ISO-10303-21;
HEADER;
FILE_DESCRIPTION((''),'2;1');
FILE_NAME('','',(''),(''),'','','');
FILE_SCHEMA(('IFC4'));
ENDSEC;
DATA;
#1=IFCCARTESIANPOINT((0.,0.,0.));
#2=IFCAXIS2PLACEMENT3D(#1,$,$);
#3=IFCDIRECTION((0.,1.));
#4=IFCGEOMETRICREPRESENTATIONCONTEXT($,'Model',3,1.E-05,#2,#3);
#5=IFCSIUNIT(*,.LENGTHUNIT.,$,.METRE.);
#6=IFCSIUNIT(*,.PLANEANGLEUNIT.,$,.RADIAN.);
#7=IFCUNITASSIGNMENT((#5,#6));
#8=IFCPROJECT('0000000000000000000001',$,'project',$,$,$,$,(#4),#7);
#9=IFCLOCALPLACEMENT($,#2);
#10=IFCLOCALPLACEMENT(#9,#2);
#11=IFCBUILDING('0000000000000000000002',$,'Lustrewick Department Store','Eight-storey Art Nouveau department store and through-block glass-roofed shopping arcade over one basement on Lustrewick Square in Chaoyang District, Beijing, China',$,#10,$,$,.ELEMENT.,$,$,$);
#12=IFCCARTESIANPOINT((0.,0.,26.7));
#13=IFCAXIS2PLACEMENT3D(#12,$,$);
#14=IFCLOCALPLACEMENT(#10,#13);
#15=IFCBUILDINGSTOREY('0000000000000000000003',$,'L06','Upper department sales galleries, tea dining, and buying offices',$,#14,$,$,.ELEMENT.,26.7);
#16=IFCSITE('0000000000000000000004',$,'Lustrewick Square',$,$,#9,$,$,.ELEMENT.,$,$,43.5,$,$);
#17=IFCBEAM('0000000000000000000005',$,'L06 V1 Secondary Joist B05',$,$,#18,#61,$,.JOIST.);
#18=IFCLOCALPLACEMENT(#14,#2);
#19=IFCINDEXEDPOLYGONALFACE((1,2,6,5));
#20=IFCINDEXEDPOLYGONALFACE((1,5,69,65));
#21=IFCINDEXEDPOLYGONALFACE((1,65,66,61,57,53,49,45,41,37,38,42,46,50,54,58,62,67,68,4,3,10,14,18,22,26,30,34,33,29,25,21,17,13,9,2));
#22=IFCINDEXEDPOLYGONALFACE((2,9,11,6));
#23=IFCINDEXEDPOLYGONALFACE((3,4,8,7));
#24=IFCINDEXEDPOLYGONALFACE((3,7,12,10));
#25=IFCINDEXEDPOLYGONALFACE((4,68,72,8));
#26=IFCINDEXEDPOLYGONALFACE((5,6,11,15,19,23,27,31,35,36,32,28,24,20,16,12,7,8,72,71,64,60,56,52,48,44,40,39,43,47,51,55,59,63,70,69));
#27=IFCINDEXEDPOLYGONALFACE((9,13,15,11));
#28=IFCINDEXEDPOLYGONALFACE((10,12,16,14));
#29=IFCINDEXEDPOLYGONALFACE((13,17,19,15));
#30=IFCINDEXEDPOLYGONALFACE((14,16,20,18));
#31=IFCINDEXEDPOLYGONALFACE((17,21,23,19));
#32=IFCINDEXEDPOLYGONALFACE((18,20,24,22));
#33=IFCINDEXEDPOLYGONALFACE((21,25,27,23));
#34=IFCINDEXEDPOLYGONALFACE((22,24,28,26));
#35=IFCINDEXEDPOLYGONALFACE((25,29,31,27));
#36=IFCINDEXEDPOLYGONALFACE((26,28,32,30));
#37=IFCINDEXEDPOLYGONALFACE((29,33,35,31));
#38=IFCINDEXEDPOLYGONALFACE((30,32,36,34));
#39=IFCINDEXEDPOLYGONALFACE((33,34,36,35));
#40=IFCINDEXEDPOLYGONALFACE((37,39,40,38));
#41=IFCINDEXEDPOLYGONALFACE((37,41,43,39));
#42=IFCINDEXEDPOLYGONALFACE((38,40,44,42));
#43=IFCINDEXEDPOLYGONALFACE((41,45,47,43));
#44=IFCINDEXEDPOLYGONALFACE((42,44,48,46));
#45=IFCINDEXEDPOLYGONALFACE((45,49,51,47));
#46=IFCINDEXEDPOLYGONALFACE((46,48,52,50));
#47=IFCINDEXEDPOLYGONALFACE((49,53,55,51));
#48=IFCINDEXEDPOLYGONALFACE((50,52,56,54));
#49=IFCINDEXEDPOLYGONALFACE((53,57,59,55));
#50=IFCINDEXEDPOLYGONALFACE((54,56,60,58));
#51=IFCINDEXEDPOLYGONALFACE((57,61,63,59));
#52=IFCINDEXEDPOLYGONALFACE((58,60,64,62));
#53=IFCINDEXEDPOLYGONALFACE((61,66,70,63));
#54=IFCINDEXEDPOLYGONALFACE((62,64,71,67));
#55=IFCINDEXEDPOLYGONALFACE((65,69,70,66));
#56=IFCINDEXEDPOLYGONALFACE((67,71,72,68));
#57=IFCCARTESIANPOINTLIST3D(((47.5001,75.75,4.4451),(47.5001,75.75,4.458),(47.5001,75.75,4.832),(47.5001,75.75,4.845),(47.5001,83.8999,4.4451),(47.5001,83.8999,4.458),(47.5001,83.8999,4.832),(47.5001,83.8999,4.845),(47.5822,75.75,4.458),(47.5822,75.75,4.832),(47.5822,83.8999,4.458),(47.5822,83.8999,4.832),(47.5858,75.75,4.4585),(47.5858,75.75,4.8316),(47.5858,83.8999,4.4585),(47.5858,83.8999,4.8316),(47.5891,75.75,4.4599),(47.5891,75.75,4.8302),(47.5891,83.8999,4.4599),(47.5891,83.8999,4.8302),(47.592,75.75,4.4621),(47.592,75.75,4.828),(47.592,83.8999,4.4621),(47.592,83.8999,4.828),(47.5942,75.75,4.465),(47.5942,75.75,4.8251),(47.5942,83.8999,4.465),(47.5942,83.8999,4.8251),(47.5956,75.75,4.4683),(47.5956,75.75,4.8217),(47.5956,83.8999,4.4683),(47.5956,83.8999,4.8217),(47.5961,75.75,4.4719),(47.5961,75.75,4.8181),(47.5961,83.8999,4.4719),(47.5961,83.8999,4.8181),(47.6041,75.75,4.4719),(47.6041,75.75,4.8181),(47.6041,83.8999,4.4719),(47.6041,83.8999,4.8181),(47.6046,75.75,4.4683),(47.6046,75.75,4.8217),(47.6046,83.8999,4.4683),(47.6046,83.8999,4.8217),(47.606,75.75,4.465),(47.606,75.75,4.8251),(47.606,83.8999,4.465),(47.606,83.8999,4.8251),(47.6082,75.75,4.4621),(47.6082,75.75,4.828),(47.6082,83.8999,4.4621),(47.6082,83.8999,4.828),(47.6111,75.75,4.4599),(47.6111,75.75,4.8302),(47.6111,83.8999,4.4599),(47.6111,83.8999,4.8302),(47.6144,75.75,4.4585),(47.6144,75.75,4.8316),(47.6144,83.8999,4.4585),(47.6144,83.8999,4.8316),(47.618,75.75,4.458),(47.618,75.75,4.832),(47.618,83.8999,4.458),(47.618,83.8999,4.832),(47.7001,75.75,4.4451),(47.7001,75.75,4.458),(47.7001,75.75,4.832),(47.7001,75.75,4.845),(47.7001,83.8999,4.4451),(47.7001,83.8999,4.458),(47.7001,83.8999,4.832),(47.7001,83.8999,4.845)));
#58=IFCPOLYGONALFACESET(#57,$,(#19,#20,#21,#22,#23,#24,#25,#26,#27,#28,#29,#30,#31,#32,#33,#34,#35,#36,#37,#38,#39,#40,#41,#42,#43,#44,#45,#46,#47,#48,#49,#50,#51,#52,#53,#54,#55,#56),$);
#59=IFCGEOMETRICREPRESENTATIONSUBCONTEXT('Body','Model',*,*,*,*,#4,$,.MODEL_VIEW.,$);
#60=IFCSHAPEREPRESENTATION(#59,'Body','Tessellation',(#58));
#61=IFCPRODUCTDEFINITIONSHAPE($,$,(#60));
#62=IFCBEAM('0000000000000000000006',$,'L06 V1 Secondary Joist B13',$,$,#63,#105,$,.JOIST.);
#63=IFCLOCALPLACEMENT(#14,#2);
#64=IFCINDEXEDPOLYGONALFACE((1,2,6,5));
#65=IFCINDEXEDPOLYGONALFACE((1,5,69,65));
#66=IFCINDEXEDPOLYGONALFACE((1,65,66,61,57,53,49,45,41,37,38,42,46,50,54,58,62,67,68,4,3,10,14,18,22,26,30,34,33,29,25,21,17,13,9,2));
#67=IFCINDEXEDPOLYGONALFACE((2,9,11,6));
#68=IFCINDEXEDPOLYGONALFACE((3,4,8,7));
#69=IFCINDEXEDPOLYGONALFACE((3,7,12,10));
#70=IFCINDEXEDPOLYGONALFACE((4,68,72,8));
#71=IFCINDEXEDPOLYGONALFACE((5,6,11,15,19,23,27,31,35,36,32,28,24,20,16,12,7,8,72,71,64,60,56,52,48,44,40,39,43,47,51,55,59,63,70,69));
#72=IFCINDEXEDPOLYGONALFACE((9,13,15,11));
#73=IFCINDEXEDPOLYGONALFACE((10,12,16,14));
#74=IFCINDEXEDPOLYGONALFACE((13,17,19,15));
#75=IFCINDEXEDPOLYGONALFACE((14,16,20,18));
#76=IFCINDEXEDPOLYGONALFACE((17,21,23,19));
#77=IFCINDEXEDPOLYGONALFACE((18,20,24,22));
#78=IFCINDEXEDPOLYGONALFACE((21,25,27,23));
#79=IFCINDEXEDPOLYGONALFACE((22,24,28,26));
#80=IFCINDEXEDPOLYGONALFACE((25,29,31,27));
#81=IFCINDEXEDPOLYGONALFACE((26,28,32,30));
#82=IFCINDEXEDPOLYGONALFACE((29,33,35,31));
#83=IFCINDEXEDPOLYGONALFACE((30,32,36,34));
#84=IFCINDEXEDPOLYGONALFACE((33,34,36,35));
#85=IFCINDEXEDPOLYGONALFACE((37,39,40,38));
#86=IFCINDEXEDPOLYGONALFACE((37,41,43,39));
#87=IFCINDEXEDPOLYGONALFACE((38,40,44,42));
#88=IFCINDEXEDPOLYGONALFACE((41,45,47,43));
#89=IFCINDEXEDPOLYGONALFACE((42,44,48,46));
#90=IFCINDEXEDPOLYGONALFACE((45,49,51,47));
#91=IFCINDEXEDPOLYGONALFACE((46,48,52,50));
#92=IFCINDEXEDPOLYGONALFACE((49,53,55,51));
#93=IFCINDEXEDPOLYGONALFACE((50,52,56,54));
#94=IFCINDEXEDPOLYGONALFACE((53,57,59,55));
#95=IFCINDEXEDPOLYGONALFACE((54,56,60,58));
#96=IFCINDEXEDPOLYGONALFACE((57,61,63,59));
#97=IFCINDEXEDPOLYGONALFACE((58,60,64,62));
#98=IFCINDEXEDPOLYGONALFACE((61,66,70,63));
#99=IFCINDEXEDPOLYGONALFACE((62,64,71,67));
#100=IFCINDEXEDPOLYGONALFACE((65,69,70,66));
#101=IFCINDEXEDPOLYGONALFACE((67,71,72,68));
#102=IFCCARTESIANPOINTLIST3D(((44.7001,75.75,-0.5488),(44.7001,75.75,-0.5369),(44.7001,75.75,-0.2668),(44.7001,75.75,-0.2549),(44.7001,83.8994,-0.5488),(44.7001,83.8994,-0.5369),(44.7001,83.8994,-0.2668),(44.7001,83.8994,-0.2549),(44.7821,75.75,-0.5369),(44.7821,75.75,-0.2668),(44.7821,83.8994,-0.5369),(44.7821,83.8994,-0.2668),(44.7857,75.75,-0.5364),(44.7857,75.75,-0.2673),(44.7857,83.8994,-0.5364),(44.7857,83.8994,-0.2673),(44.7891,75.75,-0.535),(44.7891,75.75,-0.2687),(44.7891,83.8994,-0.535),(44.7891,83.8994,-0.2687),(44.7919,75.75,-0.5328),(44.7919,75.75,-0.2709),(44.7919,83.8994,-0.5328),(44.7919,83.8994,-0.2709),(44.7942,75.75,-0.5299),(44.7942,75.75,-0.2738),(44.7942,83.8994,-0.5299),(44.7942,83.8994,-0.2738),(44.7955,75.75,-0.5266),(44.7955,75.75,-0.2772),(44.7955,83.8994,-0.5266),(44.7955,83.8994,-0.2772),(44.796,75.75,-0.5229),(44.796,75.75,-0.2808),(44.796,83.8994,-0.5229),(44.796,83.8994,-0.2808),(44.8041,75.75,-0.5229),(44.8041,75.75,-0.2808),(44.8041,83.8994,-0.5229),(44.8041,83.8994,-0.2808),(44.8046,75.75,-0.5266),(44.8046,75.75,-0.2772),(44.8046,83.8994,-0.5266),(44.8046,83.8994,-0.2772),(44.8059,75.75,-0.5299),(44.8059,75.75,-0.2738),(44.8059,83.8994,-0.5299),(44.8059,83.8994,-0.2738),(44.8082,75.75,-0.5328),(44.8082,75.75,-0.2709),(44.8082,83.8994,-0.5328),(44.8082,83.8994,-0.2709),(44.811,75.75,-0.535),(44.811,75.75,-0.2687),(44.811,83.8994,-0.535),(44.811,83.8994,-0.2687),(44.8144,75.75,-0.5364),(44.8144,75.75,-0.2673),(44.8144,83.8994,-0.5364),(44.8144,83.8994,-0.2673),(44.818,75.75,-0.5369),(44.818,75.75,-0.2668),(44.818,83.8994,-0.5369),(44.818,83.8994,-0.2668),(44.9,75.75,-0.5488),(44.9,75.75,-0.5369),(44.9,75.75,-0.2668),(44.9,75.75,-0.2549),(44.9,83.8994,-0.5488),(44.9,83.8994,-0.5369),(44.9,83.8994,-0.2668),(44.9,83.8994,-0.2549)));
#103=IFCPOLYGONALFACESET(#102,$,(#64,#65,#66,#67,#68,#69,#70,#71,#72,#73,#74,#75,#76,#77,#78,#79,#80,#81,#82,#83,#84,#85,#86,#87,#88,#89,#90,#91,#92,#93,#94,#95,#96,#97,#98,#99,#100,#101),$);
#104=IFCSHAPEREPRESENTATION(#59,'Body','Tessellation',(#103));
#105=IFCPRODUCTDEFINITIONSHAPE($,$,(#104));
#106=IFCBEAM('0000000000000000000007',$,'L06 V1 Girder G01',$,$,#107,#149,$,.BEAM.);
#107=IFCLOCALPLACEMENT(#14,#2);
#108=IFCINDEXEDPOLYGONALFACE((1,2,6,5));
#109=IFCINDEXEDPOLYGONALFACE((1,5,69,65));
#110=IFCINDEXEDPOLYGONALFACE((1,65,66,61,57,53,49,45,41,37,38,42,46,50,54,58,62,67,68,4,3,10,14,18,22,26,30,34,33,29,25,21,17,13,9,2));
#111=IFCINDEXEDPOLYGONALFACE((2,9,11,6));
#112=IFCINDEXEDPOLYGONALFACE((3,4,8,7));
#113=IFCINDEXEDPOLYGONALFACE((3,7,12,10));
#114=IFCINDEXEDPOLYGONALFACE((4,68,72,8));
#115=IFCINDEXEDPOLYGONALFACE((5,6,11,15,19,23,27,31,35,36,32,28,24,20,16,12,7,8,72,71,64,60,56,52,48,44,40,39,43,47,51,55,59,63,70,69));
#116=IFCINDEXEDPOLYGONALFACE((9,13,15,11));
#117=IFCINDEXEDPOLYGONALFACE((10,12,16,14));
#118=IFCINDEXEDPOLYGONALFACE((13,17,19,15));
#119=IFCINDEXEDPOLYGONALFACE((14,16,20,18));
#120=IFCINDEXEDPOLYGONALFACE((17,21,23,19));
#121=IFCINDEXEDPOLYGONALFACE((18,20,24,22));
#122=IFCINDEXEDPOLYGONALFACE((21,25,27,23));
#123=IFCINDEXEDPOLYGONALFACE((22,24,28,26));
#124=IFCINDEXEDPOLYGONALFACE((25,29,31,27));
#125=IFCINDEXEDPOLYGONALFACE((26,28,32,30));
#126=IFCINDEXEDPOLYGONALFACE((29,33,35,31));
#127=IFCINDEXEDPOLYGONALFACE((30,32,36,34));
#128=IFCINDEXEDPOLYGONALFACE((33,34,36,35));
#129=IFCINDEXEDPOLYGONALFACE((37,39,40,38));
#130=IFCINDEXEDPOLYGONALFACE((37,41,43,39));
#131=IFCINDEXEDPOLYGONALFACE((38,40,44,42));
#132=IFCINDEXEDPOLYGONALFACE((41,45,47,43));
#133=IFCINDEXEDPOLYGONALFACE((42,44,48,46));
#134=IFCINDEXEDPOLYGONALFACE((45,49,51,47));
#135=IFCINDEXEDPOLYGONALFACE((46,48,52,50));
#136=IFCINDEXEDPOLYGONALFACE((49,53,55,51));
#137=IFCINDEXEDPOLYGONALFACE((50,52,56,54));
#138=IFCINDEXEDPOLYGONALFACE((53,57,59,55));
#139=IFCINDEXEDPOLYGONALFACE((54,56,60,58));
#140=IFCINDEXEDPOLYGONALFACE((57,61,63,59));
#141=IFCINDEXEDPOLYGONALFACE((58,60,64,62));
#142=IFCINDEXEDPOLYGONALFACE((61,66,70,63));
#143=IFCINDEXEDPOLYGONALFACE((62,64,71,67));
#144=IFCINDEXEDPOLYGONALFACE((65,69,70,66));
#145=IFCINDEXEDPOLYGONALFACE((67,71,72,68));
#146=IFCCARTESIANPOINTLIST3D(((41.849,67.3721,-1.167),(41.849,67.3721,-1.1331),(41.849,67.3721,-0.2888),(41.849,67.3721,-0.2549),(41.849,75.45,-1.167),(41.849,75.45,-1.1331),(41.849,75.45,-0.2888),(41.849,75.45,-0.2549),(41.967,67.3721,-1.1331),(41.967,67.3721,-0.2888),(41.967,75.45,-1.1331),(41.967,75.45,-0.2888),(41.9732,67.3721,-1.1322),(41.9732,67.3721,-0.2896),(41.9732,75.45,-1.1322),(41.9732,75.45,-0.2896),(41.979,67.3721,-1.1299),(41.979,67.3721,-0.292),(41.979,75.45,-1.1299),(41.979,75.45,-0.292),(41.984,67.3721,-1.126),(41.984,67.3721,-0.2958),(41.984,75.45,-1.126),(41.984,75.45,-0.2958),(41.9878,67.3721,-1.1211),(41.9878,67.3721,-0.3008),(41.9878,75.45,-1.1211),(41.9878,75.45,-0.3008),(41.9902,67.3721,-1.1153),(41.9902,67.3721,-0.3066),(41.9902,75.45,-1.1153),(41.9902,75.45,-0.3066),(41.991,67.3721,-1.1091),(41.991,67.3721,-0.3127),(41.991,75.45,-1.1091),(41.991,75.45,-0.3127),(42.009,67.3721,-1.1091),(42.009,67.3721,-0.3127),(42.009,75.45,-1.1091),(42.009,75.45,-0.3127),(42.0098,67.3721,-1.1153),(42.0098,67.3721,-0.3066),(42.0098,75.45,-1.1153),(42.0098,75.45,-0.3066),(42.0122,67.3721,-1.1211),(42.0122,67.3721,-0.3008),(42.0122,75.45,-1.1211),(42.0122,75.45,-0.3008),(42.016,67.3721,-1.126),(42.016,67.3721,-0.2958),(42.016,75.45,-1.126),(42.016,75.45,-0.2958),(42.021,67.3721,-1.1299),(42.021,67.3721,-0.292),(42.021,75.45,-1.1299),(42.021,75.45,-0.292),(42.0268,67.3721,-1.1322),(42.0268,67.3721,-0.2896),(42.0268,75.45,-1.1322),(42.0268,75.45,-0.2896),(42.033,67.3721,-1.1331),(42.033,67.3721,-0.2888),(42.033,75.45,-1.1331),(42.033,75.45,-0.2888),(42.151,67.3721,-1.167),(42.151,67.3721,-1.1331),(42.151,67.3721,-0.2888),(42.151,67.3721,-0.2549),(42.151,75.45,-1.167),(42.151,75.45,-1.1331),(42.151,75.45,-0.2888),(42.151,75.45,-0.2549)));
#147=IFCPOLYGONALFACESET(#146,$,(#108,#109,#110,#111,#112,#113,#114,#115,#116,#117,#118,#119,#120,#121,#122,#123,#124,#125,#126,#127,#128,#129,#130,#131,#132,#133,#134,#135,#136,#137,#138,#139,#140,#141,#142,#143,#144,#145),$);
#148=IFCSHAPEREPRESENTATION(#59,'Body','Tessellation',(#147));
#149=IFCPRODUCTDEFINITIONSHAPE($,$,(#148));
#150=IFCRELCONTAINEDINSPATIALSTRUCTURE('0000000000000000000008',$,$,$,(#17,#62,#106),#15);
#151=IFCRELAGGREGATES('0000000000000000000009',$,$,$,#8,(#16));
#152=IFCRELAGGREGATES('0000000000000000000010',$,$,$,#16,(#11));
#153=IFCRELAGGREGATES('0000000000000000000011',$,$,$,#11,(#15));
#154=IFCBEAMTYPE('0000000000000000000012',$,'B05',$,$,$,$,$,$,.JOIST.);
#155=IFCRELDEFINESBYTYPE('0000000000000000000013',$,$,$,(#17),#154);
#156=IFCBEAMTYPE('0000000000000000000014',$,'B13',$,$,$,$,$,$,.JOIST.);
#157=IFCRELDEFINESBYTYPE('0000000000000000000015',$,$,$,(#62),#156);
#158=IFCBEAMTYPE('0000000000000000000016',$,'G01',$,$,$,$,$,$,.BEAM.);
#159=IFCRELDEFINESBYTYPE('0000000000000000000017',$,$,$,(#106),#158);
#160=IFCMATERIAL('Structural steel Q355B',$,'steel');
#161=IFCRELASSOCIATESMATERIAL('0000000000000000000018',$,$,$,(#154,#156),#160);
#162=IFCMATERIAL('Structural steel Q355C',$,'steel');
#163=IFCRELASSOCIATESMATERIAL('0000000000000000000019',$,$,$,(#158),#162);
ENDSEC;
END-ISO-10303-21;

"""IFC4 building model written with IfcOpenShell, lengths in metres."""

from ifc_helpers import new_model, si_unit, direction, frame, origin, origin_2d, place, context, subcontext, project, spatial, i_section, extrude, material, material_profile, profile_set, type_object, element, save


model = new_model("IFC4")

# Units and contexts
model_context = context("Model", 3, precision=1e-05, world=origin(), true_north=direction((0.0, 1.0)))
body_context = subcontext(model_context, "Body", "Model", "MODEL_VIEW")
ifc_project = project(units=[si_unit("LENGTHUNIT", "METRE"), si_unit("PLANEANGLEUNIT", "RADIAN")], contexts=[model_context])

# Site, building, storey
site_placement = place(None, origin())
site = spatial("IfcSite", under=ifc_project, at=site_placement, Name="Lustrewick Square", CompositionType="ELEMENT", RefElevation=43.5)
building_placement = place(site_placement, origin())
building = spatial("IfcBuilding", under=site, at=building_placement, Name="Lustrewick Department Store", Description="Eight-storey Art Nouveau department store and through-block glass-roofed shopping arcade over one basement on Lustrewick Square in Chaoyang District, Beijing, China", CompositionType="ELEMENT")
storey_placement = place(building_placement, frame((0.0, 0.0, 26.7)))
storey = spatial("IfcBuildingStorey", under=building, at=storey_placement, Name="L06", Description="Upper department sales galleries, tea dining, and buying offices", CompositionType="ELEMENT", Elevation=26.7)

# Shared definitions
ifc_material_1 = material(Name="Structural steel Q355B", Category="steel")

# Beams
ifc_material_profile_1 = material_profile(ifc_material_1, i_section(OverallWidth=0.2, OverallDepth=0.3999, WebThickness=0.0081, FlangeThickness=0.0129, FilletRadius=0.0139, at=origin_2d()), Name="HN 400x200x8x13")
ifc_profile_set_1 = profile_set([ifc_material_profile_1], Name="Structural steel Q355B")
beam_type_1 = type_object("IfcBeamType", Name="B05", PredefinedType="JOIST", material=ifc_profile_set_1)
beam_1_placement = place(storey_placement, frame((47.6001, 75.75, 4.645), z_axis=(0.0, 1.0, 0.0), x_axis=(-1.0, 0.0, 0.0)))
element("IfcBeam", 1, at=beam_1_placement, inside=storey, type_object=beam_type_1, Name="L06 V1 Secondary Joist B05", PredefinedType="JOIST", context=body_context, shape_type="SweptSolid", body=[
    extrude(i_section(OverallWidth=0.2, OverallDepth=0.3999, WebThickness=0.0081, FlangeThickness=0.0129, FilletRadius=0.0139, at=origin_2d()), origin(), (0.0, 0.0, 1.0), 8.1499),
])
ifc_material_profile_2 = material_profile(ifc_material_1, i_section(OverallWidth=0.2, OverallDepth=0.2939, WebThickness=0.0081, FlangeThickness=0.012, FilletRadius=0.0139, at=origin_2d()), Name="HM 294x200x8x12")
ifc_profile_set_2 = profile_set([ifc_material_profile_2], Name="Structural steel Q355B")
beam_type_2 = type_object("IfcBeamType", Name="B13", PredefinedType="JOIST", material=ifc_profile_set_2)
beam_2_placement = place(storey_placement, frame((44.8, 75.75, -0.4019), z_axis=(0.0, 1.0, 0.0), x_axis=(-1.0, 0.0, 0.0)))
element("IfcBeam", 2, at=beam_2_placement, inside=storey, type_object=beam_type_2, Name="L06 V1 Secondary Joist B13", PredefinedType="JOIST", context=body_context, shape_type="SweptSolid", body=[
    extrude(i_section(OverallWidth=0.2, OverallDepth=0.2939, WebThickness=0.0081, FlangeThickness=0.012, FilletRadius=0.0139, at=origin_2d()), origin(), (0.0, 0.0, 1.0), 8.1494),
])
ifc_material_2 = material(Name="Structural steel Q355C", Category="steel")
ifc_material_profile_3 = material_profile(ifc_material_2, i_section(OverallWidth=0.302, OverallDepth=0.9121, WebThickness=0.0181, FlangeThickness=0.0339, FilletRadius=0.0239, at=origin_2d()), Name="HN 912x302x18x34")
ifc_profile_set_3 = profile_set([ifc_material_profile_3], Name="Structural steel Q355C")
beam_type_3 = type_object("IfcBeamType", Name="G01", PredefinedType="BEAM", material=ifc_profile_set_3)
beam_3_placement = place(storey_placement, frame((42.0, 67.3721, -0.7109), z_axis=(0.0, 1.0, 0.0), x_axis=(-1.0, 0.0, 0.0)))
element("IfcBeam", 3, at=beam_3_placement, inside=storey, type_object=beam_type_3, Name="L06 V1 Girder G01", PredefinedType="BEAM", context=body_context, shape_type="SweptSolid", body=[
    extrude(i_section(OverallWidth=0.302, OverallDepth=0.9121, WebThickness=0.0181, FlangeThickness=0.0339, FilletRadius=0.0239, at=origin_2d()), origin(), (0.0, 0.0, 1.0), 8.0779),
])

save(model, "model.ifc")
